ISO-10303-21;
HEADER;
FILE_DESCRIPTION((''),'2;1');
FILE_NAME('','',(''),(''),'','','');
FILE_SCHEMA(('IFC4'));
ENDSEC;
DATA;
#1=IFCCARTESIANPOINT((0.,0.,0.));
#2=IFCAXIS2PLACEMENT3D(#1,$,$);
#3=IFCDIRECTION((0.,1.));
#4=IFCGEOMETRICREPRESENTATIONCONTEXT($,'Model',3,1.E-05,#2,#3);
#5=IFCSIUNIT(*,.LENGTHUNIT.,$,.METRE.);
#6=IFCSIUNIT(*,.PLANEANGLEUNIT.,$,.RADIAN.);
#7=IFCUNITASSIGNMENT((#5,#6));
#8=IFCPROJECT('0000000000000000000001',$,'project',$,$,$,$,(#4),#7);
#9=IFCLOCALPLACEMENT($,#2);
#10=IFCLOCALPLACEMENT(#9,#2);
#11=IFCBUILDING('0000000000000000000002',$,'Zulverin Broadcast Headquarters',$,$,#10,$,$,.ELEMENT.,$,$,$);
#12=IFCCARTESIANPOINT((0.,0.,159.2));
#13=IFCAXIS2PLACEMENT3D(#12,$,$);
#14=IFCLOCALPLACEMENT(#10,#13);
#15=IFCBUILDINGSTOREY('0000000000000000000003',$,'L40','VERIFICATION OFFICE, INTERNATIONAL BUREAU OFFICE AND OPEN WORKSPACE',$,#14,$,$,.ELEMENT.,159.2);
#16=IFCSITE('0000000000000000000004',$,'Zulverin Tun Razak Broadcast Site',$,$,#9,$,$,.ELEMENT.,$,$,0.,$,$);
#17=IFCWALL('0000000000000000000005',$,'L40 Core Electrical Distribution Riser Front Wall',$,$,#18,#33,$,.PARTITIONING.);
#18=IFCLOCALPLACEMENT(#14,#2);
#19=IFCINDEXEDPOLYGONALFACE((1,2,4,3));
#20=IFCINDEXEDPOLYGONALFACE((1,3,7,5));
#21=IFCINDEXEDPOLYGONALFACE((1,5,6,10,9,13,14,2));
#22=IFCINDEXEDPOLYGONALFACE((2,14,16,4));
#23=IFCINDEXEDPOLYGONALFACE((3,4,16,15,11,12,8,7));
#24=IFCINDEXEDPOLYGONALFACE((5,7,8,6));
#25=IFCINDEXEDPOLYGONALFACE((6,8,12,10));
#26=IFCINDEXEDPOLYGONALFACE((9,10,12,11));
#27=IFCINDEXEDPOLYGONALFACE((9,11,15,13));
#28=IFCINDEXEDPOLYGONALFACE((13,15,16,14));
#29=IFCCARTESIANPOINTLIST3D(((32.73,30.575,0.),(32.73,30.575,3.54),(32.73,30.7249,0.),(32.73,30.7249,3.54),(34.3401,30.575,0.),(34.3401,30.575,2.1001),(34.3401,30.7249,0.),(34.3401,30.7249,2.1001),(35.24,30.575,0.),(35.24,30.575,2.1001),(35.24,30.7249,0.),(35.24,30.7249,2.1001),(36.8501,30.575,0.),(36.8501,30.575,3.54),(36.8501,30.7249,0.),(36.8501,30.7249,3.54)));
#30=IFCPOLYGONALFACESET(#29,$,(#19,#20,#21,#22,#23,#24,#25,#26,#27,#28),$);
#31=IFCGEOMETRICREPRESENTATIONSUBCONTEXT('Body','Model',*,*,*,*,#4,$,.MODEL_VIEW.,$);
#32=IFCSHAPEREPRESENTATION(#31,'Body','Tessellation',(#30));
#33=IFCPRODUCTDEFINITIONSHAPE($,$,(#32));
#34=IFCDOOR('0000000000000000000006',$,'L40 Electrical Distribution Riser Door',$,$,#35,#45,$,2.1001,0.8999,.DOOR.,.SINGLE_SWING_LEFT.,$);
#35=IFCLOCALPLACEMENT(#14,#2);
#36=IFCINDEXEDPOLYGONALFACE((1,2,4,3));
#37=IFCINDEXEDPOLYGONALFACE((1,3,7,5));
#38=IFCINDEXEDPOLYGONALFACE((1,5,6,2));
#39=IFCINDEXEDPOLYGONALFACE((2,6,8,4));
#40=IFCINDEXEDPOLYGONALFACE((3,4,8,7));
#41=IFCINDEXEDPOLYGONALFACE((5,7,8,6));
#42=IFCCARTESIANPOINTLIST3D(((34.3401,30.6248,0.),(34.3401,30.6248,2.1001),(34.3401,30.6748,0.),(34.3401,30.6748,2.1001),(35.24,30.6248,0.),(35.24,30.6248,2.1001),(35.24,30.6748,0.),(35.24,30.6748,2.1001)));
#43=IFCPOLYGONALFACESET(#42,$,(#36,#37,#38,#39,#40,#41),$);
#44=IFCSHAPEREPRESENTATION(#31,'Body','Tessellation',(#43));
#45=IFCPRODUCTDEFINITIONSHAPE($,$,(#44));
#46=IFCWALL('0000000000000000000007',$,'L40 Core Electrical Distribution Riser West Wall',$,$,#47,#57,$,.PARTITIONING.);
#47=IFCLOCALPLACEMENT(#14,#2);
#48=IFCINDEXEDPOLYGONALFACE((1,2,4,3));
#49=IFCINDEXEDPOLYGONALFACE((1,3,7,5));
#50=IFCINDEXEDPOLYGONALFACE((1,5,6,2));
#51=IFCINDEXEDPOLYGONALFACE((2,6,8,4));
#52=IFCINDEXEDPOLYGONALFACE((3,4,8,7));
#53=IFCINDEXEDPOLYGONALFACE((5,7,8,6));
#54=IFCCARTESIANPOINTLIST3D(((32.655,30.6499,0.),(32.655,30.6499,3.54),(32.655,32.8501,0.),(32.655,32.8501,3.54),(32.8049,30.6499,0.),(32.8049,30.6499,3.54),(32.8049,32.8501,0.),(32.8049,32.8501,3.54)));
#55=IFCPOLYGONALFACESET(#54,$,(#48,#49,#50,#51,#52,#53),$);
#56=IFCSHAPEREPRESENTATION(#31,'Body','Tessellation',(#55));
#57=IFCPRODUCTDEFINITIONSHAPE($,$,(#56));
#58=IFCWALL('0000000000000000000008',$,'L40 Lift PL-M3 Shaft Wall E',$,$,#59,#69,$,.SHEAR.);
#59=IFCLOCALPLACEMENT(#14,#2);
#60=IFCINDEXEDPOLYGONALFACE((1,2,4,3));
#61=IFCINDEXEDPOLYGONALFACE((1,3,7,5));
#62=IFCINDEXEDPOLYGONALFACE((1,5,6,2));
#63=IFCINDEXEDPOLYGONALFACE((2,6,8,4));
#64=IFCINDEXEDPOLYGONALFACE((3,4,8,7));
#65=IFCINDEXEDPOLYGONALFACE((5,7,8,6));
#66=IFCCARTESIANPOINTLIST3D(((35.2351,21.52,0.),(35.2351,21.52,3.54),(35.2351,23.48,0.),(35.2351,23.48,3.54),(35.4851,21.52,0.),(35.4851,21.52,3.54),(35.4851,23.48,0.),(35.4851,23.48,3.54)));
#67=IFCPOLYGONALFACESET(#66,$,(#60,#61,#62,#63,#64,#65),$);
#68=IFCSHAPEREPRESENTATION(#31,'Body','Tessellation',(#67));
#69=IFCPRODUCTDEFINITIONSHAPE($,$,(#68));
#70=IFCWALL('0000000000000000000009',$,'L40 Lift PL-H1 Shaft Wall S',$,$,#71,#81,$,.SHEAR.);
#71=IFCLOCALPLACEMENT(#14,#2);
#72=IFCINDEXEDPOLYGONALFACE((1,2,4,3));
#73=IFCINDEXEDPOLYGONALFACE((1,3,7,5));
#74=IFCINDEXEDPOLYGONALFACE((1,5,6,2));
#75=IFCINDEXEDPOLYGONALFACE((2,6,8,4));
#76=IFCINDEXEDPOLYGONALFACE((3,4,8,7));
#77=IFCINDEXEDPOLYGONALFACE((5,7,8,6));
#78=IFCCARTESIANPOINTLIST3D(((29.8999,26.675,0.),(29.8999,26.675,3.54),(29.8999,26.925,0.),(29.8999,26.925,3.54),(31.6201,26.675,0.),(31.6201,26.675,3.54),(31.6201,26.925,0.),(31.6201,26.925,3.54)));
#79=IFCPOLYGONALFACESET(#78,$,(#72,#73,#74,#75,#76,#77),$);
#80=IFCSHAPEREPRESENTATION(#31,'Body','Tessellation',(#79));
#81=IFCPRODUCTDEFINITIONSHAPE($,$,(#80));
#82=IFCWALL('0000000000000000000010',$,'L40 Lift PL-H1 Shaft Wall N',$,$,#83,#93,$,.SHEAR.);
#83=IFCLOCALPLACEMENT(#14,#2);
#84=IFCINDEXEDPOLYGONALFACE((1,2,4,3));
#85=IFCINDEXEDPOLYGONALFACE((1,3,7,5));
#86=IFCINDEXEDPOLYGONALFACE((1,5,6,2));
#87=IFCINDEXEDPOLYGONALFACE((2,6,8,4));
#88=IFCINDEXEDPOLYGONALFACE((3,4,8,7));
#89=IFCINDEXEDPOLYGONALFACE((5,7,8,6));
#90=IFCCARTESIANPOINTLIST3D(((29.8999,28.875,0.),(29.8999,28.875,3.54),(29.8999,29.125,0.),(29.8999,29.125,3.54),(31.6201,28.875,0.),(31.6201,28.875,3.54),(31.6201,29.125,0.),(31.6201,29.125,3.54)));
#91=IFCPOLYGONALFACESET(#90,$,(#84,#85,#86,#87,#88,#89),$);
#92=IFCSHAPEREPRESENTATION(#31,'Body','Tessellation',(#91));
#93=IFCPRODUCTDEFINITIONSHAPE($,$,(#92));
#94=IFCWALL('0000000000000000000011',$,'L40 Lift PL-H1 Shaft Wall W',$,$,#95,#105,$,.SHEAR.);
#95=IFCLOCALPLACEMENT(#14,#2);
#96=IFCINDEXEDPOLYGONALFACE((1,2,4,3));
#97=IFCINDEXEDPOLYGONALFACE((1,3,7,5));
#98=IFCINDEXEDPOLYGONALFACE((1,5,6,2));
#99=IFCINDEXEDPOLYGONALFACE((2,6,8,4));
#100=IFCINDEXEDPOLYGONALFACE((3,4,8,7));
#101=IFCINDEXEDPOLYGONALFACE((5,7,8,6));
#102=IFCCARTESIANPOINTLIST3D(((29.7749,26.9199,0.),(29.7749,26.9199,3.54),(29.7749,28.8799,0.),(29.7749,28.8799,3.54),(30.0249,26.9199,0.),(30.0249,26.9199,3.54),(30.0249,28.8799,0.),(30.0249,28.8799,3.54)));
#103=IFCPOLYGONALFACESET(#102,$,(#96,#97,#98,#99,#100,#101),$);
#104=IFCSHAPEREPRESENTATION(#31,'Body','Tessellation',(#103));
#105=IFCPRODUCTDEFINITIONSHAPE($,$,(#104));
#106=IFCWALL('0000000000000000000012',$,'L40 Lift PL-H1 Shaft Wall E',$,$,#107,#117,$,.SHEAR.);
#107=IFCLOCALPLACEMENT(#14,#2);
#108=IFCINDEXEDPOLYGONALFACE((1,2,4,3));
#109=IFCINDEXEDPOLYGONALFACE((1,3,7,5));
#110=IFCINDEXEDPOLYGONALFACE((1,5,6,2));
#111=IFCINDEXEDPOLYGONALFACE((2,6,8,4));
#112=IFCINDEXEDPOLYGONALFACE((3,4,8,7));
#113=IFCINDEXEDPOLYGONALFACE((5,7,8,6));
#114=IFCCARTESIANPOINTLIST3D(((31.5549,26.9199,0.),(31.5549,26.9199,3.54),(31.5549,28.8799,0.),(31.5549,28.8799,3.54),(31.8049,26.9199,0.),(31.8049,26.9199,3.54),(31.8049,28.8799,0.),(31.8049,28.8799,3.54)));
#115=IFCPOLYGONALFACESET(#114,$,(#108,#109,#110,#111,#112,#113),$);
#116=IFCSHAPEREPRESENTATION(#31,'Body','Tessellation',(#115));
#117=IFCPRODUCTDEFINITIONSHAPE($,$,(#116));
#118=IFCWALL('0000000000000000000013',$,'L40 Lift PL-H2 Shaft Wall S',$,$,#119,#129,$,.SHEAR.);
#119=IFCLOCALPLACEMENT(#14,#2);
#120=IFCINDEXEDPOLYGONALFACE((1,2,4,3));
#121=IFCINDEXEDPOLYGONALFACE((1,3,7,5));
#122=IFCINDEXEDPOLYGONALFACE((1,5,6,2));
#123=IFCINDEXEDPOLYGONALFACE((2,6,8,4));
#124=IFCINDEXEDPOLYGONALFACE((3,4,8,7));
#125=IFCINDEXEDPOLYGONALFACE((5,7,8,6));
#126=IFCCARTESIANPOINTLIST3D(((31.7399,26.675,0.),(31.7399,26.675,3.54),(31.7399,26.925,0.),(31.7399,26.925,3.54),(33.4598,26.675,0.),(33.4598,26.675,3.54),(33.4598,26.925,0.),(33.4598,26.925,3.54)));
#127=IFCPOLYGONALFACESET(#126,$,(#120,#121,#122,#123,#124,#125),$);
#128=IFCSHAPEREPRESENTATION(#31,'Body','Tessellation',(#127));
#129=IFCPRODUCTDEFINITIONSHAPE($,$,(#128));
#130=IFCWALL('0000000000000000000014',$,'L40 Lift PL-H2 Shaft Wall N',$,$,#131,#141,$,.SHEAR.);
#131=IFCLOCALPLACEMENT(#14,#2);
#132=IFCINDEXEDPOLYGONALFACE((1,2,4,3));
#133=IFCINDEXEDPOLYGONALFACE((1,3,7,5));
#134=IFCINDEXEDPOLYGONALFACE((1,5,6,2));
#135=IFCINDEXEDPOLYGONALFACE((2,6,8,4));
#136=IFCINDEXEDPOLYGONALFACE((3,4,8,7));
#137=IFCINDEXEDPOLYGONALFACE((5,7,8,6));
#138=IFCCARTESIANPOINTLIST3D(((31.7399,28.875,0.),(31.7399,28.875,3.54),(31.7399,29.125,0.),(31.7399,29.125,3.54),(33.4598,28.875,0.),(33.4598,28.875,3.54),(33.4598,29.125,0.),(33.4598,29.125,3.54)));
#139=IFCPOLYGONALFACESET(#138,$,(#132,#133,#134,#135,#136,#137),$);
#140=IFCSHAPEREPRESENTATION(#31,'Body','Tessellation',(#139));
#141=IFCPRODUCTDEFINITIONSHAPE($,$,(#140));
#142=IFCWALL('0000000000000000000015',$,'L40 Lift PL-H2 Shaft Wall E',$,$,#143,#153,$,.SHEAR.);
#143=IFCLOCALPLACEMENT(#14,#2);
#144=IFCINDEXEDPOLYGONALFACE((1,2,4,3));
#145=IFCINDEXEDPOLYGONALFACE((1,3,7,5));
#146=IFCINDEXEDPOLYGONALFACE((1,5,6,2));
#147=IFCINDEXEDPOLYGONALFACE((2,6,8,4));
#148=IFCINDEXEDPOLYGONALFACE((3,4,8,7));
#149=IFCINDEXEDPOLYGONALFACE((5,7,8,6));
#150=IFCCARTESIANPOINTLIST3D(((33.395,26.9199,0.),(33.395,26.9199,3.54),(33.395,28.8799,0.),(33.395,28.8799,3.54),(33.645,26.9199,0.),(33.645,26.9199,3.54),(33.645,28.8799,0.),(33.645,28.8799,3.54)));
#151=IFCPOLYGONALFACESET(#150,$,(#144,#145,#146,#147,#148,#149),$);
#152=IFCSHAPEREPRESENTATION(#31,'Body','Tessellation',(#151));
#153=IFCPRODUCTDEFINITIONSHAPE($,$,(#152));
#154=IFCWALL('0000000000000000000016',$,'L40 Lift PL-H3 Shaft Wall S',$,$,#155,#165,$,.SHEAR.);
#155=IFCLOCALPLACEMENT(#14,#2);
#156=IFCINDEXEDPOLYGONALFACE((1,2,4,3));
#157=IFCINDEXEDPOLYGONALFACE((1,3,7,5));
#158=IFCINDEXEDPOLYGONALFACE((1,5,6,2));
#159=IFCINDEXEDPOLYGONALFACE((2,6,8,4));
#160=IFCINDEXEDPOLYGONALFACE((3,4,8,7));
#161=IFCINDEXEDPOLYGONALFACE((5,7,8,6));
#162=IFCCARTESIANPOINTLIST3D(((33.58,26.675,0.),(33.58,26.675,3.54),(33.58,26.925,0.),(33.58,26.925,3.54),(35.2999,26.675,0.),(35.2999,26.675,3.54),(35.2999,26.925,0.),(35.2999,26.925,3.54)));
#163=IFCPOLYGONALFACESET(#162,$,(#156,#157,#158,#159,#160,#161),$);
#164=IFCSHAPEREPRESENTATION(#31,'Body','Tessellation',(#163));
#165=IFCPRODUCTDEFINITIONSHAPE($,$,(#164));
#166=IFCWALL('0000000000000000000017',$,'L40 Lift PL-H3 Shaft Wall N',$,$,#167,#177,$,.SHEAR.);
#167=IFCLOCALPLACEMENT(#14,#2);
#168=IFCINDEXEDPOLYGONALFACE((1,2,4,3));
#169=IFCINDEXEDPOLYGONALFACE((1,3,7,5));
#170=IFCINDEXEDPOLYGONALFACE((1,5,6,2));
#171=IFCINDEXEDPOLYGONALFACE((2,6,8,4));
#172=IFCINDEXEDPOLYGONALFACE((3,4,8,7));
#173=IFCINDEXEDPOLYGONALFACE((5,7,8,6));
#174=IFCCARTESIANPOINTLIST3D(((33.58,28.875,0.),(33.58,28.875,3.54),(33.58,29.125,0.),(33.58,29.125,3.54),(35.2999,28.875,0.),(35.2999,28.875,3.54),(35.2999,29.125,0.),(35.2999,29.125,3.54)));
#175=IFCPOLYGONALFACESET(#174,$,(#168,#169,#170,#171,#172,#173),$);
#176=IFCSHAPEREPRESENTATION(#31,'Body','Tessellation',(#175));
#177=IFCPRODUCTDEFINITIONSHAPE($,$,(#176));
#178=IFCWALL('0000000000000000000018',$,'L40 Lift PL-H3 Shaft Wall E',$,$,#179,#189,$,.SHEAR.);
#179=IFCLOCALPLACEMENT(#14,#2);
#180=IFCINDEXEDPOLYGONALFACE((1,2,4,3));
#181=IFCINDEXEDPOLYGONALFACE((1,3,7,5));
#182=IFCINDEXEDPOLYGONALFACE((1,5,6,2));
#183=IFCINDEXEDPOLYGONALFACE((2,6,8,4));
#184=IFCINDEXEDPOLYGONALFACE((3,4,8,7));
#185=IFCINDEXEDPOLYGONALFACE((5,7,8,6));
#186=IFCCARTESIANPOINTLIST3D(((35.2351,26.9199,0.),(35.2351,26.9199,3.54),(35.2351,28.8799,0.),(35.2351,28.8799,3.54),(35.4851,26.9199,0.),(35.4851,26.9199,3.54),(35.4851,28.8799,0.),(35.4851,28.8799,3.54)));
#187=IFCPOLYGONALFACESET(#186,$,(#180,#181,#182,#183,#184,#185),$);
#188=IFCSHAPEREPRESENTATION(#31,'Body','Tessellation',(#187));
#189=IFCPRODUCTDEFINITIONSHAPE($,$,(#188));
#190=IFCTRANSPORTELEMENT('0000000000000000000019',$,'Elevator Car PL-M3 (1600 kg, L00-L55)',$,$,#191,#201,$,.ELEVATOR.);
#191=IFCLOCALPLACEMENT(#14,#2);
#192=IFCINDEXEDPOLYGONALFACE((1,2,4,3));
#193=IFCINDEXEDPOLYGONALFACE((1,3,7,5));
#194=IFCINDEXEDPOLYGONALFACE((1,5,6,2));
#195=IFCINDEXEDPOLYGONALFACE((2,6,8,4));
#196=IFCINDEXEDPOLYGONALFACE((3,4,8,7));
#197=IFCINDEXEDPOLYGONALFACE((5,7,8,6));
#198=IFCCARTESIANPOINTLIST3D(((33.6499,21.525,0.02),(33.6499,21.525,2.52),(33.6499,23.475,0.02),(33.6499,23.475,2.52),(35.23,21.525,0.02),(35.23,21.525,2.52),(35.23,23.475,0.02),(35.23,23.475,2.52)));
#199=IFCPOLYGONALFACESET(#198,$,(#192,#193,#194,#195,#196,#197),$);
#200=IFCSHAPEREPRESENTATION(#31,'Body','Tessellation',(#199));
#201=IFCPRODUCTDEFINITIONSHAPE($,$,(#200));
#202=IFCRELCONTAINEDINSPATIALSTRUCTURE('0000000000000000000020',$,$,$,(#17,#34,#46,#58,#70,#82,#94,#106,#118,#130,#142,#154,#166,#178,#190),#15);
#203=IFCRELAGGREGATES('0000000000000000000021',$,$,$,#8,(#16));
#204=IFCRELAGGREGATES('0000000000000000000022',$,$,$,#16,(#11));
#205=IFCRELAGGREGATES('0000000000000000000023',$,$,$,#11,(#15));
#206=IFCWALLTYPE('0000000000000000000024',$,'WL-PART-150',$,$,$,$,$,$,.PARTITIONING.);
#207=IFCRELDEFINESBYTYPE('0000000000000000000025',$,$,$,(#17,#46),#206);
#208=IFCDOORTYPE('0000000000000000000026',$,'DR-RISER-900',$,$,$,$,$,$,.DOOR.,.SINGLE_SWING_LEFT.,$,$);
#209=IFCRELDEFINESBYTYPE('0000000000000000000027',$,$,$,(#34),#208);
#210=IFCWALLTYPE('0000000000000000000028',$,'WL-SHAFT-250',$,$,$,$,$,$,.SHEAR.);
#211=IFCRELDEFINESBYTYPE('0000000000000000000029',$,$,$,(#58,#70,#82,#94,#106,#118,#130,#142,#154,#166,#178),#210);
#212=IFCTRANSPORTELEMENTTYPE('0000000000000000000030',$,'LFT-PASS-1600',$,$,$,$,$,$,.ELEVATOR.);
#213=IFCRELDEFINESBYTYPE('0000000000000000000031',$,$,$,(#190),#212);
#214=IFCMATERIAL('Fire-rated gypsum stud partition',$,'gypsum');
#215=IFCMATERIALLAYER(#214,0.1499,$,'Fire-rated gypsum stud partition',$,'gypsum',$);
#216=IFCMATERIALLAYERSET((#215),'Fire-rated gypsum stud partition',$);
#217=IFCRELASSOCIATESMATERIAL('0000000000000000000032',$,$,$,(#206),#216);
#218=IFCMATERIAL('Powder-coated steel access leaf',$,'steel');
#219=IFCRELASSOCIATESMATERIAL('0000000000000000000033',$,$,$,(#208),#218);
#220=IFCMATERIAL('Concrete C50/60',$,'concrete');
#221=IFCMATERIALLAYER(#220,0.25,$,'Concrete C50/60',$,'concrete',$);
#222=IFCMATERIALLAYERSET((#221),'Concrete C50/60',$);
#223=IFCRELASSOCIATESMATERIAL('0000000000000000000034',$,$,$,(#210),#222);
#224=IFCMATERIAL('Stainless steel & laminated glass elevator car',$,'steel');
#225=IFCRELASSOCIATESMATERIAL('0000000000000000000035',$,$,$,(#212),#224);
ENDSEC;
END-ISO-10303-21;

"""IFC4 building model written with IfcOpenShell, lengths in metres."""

from ifc_helpers import new_model, si_unit, direction, frame, frame_2d, origin, origin_2d, place, context, subcontext, project, spatial, rectangle, extrude, material, layer, layer_set, type_object, element, fill, save


model = new_model("IFC4")

# Units and contexts
model_context = context("Model", 3, precision=1e-05, world=origin(), true_north=direction((0.0, 1.0)))
body_context = subcontext(model_context, "Body", "Model", "MODEL_VIEW")
ifc_project = project(units=[si_unit("LENGTHUNIT", "METRE"), si_unit("PLANEANGLEUNIT", "RADIAN")], contexts=[model_context])

# Site, building, storey
site_placement = place(None, origin())
site = spatial("IfcSite", under=ifc_project, at=site_placement, Name="Zulverin Tun Razak Broadcast Site", CompositionType="ELEMENT", RefElevation=0.0)
building_placement = place(site_placement, origin())
building = spatial("IfcBuilding", under=site, at=building_placement, Name="Zulverin Broadcast Headquarters", CompositionType="ELEMENT")
storey_placement = place(building_placement, frame((0.0, 0.0, 159.2)))
storey = spatial("IfcBuildingStorey", under=building, at=storey_placement, Name="L40", Description="VERIFICATION OFFICE, INTERNATIONAL BUREAU OFFICE AND OPEN WORKSPACE", CompositionType="ELEMENT", Elevation=159.2)

# Wall, opening, door
ifc_material_1 = material(Name="Fire-rated gypsum stud partition", Category="gypsum")
ifc_layer_1 = layer(ifc_material_1, 0.1499, Name="Fire-rated gypsum stud partition", Category="gypsum")
ifc_layer_set_1 = layer_set([ifc_layer_1], Name="Fire-rated gypsum stud partition")
wall_type_1 = type_object("IfcWallType", Name="WL-PART-150", PredefinedType="PARTITIONING", material=ifc_layer_set_1)
wall_1_placement = place(storey_placement, frame((32.73, 30.6499, 0.0), z_axis=(0.0, 0.0, 1.0), x_axis=(1.0, 0.0, 0.0)))
wall_1 = element("IfcWall", 1, at=wall_1_placement, inside=storey, type_object=wall_type_1, Name="L40 Core Electrical Distribution Riser Front Wall", PredefinedType="PARTITIONING", context=body_context, shape_type="SweptSolid", body=[
    extrude(rectangle(XDim=4.1201, YDim=0.1499, at=frame_2d((2.0601, 0.0))), origin(), (0.0, 0.0, 1.0), 3.54),
])
opening_1_placement = place(wall_1_placement, frame((1.6101, 0.0, 0.0)))
opening_1 = element("IfcOpeningElement", 2, at=opening_1_placement, cuts=wall_1, PredefinedType="OPENING", context=body_context, shape_type="SweptSolid", body=[
    extrude(rectangle(XDim=0.8999, YDim=2.1001, at=frame_2d((0.45, 1.05))), frame((0.0, 0.085, 0.0), z_axis=(0.0, -1.0, 0.0), x_axis=(1.0, 0.0, 0.0)), (0.0, 0.0, 1.0), 0.1699),
])
ifc_material_2 = material(Name="Powder-coated steel access leaf", Category="steel")
door_type_1 = type_object("IfcDoorType", Name="DR-RISER-900", OperationType="SINGLE_SWING_LEFT", PredefinedType="DOOR", material=ifc_material_2)
door_1_placement = place(opening_1_placement, origin())
door_1 = element("IfcDoor", 3, at=door_1_placement, inside=storey, type_object=door_type_1, Name="L40 Electrical Distribution Riser Door", OperationType="SINGLE_SWING_LEFT", OverallHeight=2.1001, OverallWidth=0.8999, PredefinedType="DOOR", context=body_context, shape_type="SweptSolid", body=[
    extrude(rectangle(XDim=0.8999, YDim=2.1001, at=frame_2d((0.45, 1.05))), frame((0.0, 0.0249, 0.0), z_axis=(0.0, -1.0, 0.0), x_axis=(1.0, 0.0, 0.0)), (0.0, 0.0, 1.0), 0.05),
])
fill(opening_1, door_1)

# Wall
wall_2_placement = place(storey_placement, frame((32.73, 30.6499, 0.0), z_axis=(0.0, 0.0, 1.0), x_axis=(0.0, 1.0, 0.0)))
element("IfcWall", 4, at=wall_2_placement, inside=storey, type_object=wall_type_1, Name="L40 Core Electrical Distribution Riser West Wall", PredefinedType="PARTITIONING", context=body_context, shape_type="SweptSolid", body=[
    extrude(rectangle(XDim=2.2002, YDim=0.1499, at=frame_2d((1.1001, 0.0))), origin(), (0.0, 0.0, 1.0), 3.54),
])

# Shared definitions
ifc_material_3 = material(Name="Concrete C50/60", Category="concrete")
ifc_layer_2 = layer(ifc_material_3, 0.25, Name="Concrete C50/60", Category="concrete")
ifc_layer_set_2 = layer_set([ifc_layer_2], Name="Concrete C50/60")
wall_type_2 = type_object("IfcWallType", Name="WL-SHAFT-250", PredefinedType="SHEAR", material=ifc_layer_set_2)

# Walls
wall_3_placement = place(storey_placement, frame((35.3601, 21.52, 0.0), z_axis=(0.0, 0.0, 1.0), x_axis=(0.0, 1.0, 0.0)))
element("IfcWall", 5, at=wall_3_placement, inside=storey, type_object=wall_type_2, Name="L40 Lift PL-M3 Shaft Wall E", PredefinedType="SHEAR", context=body_context, shape_type="SweptSolid", body=[
    extrude(rectangle(XDim=1.96, YDim=0.25, at=frame_2d((0.98, 0.0))), origin(), (0.0, 0.0, 1.0), 3.54),
])
for number, where, z_axis, x_axis, name in (
    (6, (29.8999, 26.8, 0.0), (0.0, 0.0, 1.0), (1.0, 0.0, 0.0), "L40 Lift PL-H1 Shaft Wall S"),
    (7, (29.8999, 29.0, 0.0), (0.0, 0.0, 1.0), (1.0, 0.0, 0.0), "L40 Lift PL-H1 Shaft Wall N"),
):
    element("IfcWall", number, at=place(storey_placement, frame(where, z_axis=z_axis, x_axis=x_axis)), inside=storey, type_object=wall_type_2, Name=name, PredefinedType="SHEAR", context=body_context, shape_type="SweptSolid", body=[
        extrude(rectangle(XDim=1.7202, YDim=0.25, at=frame_2d((0.8601, 0.0))), origin(), (0.0, 0.0, 1.0), 3.54),
    ])
for number, where, z_axis, x_axis, name in (
    (8, (29.8999, 26.9199, 0.0), (0.0, 0.0, 1.0), (0.0, 1.0, 0.0), "L40 Lift PL-H1 Shaft Wall W"),
    (9, (31.6799, 26.9199, 0.0), (0.0, 0.0, 1.0), (0.0, 1.0, 0.0), "L40 Lift PL-H1 Shaft Wall E"),
):
    element("IfcWall", number, at=place(storey_placement, frame(where, z_axis=z_axis, x_axis=x_axis)), inside=storey, type_object=wall_type_2, Name=name, PredefinedType="SHEAR", context=body_context, shape_type="SweptSolid", body=[
        extrude(rectangle(XDim=1.96, YDim=0.25, at=frame_2d((0.98, 0.0))), origin(), (0.0, 0.0, 1.0), 3.54),
    ])
for number, where, z_axis, x_axis, name in (
    (10, (31.74, 26.8, 0.0), (0.0, 0.0, 1.0), (1.0, 0.0, 0.0), "L40 Lift PL-H2 Shaft Wall S"),
    (11, (31.74, 29.0, 0.0), (0.0, 0.0, 1.0), (1.0, 0.0, 0.0), "L40 Lift PL-H2 Shaft Wall N"),
):
    element("IfcWall", number, at=place(storey_placement, frame(where, z_axis=z_axis, x_axis=x_axis)), inside=storey, type_object=wall_type_2, Name=name, PredefinedType="SHEAR", context=body_context, shape_type="SweptSolid", body=[
        extrude(rectangle(XDim=1.72, YDim=0.25, at=frame_2d((0.8599, 0.0))), origin(), (0.0, 0.0, 1.0), 3.54),
    ])
wall_4_placement = place(storey_placement, frame((33.52, 26.9199, 0.0), z_axis=(0.0, 0.0, 1.0), x_axis=(0.0, 1.0, 0.0)))
element("IfcWall", 12, at=wall_4_placement, inside=storey, type_object=wall_type_2, Name="L40 Lift PL-H2 Shaft Wall E", PredefinedType="SHEAR", context=body_context, shape_type="SweptSolid", body=[
    extrude(rectangle(XDim=1.96, YDim=0.25, at=frame_2d((0.98, 0.0))), origin(), (0.0, 0.0, 1.0), 3.54),
])
for number, where, z_axis, x_axis, name in (
    (13, (33.5801, 26.8, 0.0), (0.0, 0.0, 1.0), (1.0, 0.0, 0.0), "L40 Lift PL-H3 Shaft Wall S"),
    (14, (33.5801, 29.0, 0.0), (0.0, 0.0, 1.0), (1.0, 0.0, 0.0), "L40 Lift PL-H3 Shaft Wall N"),
):
    element("IfcWall", number, at=place(storey_placement, frame(where, z_axis=z_axis, x_axis=x_axis)), inside=storey, type_object=wall_type_2, Name=name, PredefinedType="SHEAR", context=body_context, shape_type="SweptSolid", body=[
        extrude(rectangle(XDim=1.72, YDim=0.25, at=frame_2d((0.8599, 0.0))), origin(), (0.0, 0.0, 1.0), 3.54),
    ])
wall_5_placement = place(storey_placement, frame((35.3601, 26.9199, 0.0), z_axis=(0.0, 0.0, 1.0), x_axis=(0.0, 1.0, 0.0)))
element("IfcWall", 15, at=wall_5_placement, inside=storey, type_object=wall_type_2, Name="L40 Lift PL-H3 Shaft Wall E", PredefinedType="SHEAR", context=body_context, shape_type="SweptSolid", body=[
    extrude(rectangle(XDim=1.96, YDim=0.25, at=frame_2d((0.98, 0.0))), origin(), (0.0, 0.0, 1.0), 3.54),
])

# Transport element
ifc_material_4 = material(Name="Stainless steel & laminated glass elevator car", Category="steel")
transport_element_type = type_object("IfcTransportElementType", Name="LFT-PASS-1600", PredefinedType="ELEVATOR", material=ifc_material_4)
transport_element_placement = place(storey_placement, frame((34.4399, 22.5, 0.02), z_axis=(0.0, 0.0, 1.0), x_axis=(1.0, 0.0, 0.0)))
element("IfcTransportElement", 16, at=transport_element_placement, inside=storey, type_object=transport_element_type, Name="Elevator Car PL-M3 (1600 kg, L00-L55)", PredefinedType="ELEVATOR", context=body_context, shape_type="SweptSolid", body=[
    extrude(rectangle(XDim=1.5801, YDim=1.95, at=origin_2d()), origin(), (0.0, 0.0, 1.0), 2.5),
])

save(model, "model.ifc")
